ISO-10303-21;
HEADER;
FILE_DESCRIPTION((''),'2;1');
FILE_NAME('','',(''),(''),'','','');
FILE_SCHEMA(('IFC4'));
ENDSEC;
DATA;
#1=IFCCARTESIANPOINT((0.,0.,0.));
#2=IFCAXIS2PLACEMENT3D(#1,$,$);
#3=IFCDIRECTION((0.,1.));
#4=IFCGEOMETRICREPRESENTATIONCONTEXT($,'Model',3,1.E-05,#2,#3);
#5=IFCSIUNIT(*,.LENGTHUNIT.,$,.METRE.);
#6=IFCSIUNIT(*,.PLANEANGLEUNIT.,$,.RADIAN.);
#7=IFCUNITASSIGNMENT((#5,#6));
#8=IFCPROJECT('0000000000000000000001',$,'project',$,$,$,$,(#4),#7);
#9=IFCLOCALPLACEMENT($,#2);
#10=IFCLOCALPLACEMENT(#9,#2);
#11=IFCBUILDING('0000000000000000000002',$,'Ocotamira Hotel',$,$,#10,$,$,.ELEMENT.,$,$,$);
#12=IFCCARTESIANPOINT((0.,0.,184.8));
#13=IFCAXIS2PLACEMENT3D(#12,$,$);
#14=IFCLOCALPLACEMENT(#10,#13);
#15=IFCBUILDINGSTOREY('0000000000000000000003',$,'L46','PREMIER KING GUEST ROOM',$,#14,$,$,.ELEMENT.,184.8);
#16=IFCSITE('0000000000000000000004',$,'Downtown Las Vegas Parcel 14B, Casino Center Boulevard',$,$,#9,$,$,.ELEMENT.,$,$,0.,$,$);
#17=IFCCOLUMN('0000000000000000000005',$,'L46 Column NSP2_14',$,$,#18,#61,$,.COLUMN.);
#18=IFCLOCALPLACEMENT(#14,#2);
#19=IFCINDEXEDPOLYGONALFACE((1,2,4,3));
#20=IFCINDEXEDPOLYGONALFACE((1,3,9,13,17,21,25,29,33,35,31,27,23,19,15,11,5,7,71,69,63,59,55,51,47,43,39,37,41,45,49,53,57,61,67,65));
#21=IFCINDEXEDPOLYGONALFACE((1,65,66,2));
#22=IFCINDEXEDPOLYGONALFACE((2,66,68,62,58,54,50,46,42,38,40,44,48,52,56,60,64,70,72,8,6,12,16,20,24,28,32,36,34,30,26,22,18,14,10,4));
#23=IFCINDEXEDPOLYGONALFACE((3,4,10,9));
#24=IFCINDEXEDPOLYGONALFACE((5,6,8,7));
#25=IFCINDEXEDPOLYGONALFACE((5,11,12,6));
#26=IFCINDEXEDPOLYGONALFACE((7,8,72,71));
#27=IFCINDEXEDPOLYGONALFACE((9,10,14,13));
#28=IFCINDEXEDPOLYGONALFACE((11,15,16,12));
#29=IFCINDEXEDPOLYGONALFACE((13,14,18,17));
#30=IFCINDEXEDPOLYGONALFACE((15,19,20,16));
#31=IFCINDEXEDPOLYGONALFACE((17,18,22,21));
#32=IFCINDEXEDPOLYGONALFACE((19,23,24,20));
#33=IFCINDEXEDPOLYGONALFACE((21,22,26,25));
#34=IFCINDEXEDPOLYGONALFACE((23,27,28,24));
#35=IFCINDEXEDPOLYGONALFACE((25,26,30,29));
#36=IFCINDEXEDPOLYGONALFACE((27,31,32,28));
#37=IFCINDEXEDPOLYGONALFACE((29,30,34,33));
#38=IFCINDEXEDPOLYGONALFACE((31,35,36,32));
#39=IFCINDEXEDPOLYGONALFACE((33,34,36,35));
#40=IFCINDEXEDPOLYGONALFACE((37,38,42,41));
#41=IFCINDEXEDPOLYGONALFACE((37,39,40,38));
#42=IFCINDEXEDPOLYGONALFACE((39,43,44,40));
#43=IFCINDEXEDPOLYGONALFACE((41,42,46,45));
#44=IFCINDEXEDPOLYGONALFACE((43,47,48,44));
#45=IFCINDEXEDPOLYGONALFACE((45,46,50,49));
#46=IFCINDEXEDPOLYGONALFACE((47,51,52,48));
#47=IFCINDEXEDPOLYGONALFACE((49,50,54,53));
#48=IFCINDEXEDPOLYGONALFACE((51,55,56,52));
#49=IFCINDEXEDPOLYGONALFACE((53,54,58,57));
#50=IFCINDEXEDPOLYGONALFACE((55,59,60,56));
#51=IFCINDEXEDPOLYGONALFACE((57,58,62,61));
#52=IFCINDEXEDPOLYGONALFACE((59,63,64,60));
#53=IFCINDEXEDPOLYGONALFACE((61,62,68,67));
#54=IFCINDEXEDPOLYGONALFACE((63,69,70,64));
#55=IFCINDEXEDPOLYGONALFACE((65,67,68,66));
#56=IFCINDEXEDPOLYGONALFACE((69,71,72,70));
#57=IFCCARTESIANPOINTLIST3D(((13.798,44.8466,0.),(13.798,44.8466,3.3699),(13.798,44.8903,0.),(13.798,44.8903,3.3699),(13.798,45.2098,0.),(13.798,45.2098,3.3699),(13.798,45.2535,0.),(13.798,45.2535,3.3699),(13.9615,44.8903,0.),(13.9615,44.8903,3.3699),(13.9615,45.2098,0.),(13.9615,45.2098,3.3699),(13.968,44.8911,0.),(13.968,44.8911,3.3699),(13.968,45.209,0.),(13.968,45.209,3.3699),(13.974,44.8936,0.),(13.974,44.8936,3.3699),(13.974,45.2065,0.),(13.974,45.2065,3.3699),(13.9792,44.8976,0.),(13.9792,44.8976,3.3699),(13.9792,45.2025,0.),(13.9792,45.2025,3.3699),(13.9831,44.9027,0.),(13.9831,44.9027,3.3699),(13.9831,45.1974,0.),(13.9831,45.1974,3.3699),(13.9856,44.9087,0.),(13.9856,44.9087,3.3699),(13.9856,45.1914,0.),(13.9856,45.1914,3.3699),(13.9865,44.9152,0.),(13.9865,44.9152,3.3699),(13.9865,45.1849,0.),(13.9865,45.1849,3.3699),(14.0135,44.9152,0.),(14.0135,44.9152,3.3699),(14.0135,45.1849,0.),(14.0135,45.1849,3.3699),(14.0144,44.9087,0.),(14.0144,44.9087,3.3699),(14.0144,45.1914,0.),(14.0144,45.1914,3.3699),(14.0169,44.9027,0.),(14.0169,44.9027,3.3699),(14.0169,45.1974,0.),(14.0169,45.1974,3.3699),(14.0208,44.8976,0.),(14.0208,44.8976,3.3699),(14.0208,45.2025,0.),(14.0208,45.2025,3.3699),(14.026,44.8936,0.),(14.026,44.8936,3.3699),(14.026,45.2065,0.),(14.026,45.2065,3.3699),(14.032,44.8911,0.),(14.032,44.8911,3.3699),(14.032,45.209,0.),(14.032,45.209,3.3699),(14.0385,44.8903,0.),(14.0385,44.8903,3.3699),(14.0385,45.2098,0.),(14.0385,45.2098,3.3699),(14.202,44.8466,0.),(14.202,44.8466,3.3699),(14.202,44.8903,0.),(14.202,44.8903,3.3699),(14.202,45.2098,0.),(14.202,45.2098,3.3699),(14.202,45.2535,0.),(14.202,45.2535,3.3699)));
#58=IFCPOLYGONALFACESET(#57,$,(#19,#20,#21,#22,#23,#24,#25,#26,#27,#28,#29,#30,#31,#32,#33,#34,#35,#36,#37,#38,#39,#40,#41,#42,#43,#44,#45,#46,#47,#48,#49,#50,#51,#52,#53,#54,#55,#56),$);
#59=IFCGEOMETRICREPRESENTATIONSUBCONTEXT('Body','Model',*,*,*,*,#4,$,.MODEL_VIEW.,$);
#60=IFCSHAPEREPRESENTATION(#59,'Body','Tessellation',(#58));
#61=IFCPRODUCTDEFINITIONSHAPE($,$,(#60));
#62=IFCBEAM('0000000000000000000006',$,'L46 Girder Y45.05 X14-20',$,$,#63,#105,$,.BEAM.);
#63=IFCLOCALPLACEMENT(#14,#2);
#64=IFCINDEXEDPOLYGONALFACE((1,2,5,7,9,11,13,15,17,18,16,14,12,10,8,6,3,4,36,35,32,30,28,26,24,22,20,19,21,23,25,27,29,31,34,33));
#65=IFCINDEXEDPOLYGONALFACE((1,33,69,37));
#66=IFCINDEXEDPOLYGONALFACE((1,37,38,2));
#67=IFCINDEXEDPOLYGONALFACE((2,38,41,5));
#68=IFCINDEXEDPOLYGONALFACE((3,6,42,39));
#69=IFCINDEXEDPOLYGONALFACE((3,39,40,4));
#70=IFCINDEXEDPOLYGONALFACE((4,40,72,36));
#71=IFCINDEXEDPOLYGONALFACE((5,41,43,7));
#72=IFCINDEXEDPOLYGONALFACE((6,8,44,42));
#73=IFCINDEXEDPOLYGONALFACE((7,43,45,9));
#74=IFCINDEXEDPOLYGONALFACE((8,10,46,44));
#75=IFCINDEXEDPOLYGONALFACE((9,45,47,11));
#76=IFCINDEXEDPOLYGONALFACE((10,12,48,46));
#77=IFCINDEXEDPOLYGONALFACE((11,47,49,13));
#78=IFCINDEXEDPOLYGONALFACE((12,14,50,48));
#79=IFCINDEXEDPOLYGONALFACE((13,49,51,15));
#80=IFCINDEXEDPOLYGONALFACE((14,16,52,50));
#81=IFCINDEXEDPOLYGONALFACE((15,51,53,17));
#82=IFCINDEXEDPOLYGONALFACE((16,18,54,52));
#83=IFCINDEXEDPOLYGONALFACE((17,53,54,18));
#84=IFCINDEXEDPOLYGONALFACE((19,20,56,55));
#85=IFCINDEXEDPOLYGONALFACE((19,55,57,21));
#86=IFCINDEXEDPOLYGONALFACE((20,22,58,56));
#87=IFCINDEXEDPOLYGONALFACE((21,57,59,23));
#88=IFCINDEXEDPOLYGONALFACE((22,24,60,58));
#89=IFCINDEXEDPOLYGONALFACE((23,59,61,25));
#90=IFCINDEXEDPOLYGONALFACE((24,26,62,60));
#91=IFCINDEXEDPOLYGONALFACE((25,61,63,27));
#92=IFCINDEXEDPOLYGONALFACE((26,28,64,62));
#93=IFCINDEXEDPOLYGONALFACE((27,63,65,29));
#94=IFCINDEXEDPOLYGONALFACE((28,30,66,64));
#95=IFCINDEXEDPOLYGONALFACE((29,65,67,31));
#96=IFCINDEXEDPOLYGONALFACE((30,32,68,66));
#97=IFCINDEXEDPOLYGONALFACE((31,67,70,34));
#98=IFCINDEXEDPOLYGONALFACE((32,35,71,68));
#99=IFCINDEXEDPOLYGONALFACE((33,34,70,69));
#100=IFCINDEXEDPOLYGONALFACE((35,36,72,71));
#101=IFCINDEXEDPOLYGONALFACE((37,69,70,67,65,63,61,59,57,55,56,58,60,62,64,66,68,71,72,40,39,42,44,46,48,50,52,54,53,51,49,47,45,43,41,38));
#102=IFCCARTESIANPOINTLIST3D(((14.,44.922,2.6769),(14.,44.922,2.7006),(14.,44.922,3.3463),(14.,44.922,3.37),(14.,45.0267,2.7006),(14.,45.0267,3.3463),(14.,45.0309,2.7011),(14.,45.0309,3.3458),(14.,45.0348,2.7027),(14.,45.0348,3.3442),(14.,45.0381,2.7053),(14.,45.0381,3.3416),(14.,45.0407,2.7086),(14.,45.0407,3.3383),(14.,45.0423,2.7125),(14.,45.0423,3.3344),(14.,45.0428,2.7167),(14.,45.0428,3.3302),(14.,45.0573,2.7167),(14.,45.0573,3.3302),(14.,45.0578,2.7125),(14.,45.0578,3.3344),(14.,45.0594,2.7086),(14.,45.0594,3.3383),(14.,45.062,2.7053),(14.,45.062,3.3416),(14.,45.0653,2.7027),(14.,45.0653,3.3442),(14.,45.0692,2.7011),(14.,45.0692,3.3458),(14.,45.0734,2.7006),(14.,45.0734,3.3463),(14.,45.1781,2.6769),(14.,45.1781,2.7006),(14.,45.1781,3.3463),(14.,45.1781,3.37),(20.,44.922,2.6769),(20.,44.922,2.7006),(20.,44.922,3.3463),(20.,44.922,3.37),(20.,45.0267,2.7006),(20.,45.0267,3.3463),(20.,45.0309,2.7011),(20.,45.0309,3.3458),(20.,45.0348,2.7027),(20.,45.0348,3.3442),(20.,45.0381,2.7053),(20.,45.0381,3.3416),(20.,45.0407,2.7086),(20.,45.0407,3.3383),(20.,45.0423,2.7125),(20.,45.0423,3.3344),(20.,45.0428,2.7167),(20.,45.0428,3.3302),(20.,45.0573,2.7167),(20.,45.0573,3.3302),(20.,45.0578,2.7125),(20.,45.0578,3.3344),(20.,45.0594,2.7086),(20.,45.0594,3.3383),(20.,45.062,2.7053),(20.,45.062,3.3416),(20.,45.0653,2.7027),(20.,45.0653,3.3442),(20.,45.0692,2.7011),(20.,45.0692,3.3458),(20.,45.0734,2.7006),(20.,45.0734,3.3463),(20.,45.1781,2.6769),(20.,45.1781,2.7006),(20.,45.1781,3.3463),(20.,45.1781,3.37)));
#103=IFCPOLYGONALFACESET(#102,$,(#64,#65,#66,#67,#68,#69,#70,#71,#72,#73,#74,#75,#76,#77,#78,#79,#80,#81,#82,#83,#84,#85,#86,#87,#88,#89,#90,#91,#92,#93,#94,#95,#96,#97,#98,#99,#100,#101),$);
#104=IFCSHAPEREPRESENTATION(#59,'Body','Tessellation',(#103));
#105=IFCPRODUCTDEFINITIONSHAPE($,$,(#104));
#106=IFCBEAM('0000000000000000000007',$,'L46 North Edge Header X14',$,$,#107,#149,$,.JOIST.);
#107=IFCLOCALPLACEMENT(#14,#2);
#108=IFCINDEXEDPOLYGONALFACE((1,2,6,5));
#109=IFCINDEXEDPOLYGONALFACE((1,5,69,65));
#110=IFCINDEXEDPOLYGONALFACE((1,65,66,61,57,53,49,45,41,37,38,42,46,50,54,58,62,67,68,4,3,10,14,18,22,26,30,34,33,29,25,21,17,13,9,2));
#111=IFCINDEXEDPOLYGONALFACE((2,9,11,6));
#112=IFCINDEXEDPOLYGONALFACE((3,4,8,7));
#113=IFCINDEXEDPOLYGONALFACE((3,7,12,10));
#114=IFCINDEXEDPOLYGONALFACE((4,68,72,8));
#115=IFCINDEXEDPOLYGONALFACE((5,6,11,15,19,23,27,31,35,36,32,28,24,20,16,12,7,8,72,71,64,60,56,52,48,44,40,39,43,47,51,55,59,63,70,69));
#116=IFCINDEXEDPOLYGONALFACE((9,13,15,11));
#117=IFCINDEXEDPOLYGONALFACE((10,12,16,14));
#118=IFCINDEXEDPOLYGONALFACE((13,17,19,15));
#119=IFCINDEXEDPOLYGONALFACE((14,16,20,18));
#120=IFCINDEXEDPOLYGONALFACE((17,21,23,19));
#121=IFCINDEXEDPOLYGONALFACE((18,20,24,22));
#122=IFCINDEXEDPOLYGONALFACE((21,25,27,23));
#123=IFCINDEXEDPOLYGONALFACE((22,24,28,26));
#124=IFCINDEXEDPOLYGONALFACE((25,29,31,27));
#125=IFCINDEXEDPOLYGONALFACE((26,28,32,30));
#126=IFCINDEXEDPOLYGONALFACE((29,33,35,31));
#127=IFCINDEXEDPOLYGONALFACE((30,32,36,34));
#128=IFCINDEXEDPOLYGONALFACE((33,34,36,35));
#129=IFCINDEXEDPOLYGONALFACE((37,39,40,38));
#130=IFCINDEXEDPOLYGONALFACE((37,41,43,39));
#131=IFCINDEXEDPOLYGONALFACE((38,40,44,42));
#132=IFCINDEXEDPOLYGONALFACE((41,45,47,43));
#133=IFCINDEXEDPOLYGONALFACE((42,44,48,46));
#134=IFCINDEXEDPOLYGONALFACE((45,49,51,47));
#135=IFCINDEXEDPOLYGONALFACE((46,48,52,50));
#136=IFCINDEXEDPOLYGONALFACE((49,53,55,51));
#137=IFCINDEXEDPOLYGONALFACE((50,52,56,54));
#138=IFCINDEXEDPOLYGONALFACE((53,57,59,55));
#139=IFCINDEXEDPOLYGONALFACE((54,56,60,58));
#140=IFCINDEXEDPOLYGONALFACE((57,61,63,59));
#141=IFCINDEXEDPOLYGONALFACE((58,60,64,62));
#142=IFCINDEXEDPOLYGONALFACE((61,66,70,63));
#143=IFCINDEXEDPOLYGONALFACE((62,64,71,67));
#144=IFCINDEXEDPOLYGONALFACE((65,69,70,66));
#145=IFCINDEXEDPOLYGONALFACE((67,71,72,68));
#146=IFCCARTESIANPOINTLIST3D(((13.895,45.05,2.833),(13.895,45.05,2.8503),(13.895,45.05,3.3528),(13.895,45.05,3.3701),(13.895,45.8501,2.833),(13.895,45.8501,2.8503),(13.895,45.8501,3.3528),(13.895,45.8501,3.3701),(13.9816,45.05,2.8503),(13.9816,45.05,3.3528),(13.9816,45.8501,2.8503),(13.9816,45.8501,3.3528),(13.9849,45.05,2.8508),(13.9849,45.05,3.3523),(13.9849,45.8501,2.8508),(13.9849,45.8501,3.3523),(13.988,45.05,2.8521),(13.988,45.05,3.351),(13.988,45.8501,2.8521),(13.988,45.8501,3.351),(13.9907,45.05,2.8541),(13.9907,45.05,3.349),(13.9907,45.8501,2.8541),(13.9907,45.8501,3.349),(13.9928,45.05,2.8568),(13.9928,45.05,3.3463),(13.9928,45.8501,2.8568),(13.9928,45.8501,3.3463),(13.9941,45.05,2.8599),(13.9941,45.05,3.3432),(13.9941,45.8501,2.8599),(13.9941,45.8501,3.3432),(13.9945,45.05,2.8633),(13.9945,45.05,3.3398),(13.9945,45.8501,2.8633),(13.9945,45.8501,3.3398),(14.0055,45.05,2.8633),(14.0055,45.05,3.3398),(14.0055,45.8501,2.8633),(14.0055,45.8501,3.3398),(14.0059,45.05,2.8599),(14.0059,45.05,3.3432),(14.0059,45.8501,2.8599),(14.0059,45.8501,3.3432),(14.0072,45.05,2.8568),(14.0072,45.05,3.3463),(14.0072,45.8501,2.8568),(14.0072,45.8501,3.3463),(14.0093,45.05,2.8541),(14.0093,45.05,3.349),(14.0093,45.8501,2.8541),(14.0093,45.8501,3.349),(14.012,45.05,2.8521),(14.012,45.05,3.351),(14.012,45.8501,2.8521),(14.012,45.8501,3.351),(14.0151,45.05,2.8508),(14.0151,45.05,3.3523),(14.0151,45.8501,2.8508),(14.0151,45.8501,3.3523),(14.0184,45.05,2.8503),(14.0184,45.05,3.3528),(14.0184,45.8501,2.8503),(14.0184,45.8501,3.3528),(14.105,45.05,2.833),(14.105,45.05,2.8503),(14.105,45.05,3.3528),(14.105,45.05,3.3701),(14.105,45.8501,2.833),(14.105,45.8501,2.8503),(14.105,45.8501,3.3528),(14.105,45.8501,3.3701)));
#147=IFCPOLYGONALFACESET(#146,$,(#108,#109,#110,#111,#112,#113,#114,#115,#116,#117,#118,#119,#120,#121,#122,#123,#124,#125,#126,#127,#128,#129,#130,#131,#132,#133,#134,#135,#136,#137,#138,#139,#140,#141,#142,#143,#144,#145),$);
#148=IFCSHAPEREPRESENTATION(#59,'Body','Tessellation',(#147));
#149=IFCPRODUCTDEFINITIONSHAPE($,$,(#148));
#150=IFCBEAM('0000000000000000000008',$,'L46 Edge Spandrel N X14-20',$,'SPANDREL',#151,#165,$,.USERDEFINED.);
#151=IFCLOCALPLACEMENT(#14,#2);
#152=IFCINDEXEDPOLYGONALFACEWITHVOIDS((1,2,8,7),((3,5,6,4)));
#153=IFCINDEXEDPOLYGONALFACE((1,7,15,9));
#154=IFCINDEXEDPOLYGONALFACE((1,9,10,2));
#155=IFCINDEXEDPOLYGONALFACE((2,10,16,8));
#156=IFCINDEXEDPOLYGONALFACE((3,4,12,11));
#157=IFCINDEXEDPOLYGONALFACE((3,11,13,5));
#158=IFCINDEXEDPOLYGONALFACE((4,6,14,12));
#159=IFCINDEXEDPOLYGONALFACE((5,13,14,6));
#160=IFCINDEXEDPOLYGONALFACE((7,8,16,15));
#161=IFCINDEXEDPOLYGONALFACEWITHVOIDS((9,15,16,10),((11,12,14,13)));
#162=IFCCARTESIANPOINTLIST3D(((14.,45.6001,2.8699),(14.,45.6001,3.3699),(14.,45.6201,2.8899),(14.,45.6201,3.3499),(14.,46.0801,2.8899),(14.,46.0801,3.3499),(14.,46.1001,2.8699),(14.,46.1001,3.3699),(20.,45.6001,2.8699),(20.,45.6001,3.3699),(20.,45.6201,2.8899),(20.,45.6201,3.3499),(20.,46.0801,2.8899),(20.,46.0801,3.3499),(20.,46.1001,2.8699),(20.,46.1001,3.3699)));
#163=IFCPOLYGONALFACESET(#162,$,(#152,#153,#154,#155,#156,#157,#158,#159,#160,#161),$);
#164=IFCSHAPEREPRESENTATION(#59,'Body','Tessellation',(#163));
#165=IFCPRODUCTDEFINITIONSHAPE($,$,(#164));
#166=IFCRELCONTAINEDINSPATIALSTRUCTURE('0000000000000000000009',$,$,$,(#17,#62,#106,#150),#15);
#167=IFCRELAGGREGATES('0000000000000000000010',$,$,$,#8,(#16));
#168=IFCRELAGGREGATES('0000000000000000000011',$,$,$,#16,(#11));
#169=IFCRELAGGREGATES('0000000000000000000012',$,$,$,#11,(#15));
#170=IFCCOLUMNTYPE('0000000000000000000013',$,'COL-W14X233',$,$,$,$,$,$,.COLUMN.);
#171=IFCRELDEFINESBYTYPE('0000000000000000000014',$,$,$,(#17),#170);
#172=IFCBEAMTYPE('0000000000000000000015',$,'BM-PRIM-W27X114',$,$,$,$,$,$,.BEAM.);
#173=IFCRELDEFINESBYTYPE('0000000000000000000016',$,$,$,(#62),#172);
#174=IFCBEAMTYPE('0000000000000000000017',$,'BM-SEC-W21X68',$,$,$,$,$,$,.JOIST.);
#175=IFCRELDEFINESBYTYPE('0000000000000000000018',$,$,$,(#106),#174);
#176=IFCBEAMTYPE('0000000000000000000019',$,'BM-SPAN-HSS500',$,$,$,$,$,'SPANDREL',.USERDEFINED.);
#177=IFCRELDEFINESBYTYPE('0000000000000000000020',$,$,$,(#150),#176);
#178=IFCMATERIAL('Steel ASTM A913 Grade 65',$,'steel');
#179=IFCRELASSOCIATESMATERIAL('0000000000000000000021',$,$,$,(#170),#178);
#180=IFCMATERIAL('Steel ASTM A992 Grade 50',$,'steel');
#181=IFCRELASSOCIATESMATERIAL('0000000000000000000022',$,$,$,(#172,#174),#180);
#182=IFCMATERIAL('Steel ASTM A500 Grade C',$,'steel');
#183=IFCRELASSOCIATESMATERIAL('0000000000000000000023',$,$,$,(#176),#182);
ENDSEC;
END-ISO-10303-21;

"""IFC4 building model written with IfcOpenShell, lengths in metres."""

from ifc_helpers import new_model, si_unit, direction, frame, origin, origin_2d, place, context, subcontext, project, spatial, hollow_rectangle, i_section, extrude, source, transform, mapped, material, material_profile, profile_set, type_object, element, save


model = new_model("IFC4")

# Units and contexts
model_context = context("Model", 3, precision=1e-05, world=origin(), true_north=direction((0.0, 1.0)))
body_context = subcontext(model_context, "Body", "Model", "MODEL_VIEW")
ifc_project = project(units=[si_unit("LENGTHUNIT", "METRE"), si_unit("PLANEANGLEUNIT", "RADIAN")], contexts=[model_context])

# Site, building, storey
site_placement = place(None, origin())
site = spatial("IfcSite", under=ifc_project, at=site_placement, Name="Downtown Las Vegas Parcel 14B, Casino Center Boulevard", CompositionType="ELEMENT", RefElevation=0.0)
building_placement = place(site_placement, origin())
building = spatial("IfcBuilding", under=site, at=building_placement, Name="Ocotamira Hotel", CompositionType="ELEMENT")
storey_placement = place(building_placement, frame((0.0, 0.0, 184.8)))
storey = spatial("IfcBuildingStorey", under=building, at=storey_placement, Name="L46", Description="PREMIER KING GUEST ROOM", CompositionType="ELEMENT", Elevation=184.8)

# Column
ifc_material_1 = material(Name="Steel ASTM A913 Grade 65", Category="steel")
ifc_material_profile_1 = material_profile(ifc_material_1, i_section(OverallWidth=0.4041, OverallDepth=0.407, WebThickness=0.0271, FlangeThickness=0.0437, FilletRadius=0.0249, at=origin_2d()), Name="W14X233")
ifc_profile_set_1 = profile_set([ifc_material_profile_1], Name="Steel ASTM A913 Grade 65")
column_type = type_object("IfcColumnType", Name="COL-W14X233", PredefinedType="COLUMN", material=ifc_profile_set_1)
shared_shape_1 = source(origin(), body_context, "Body", "SweptSolid", [
    extrude(i_section(OverallWidth=0.4041, OverallDepth=0.407, WebThickness=0.0271, FlangeThickness=0.0437, FilletRadius=0.0249, at=origin_2d()), origin(), (0.0, 0.0, 1.0), 3.3699),
])
column_placement = place(storey_placement, frame((14.0, 45.05, 0.0), z_axis=(0.0, 0.0, 1.0), x_axis=(1.0, 0.0, 0.0)))
element("IfcColumn", 1, at=column_placement, inside=storey, type_object=column_type, Name="L46 Column NSP2_14", PredefinedType="COLUMN", context=body_context, shape_type="MappedRepresentation", body=[
    mapped(shared_shape_1, transform((0.0, 0.0, 0.0), scale=1.0)),
])

# Beams
ifc_material_2 = material(Name="Steel ASTM A992 Grade 50", Category="steel")
ifc_material_profile_2 = material_profile(ifc_material_2, i_section(OverallWidth=0.2561, OverallDepth=0.6931, WebThickness=0.0144, FlangeThickness=0.0237, FilletRadius=0.0161, at=origin_2d()), Name="W27X114")
ifc_profile_set_2 = profile_set([ifc_material_profile_2], Name="Steel ASTM A992 Grade 50")
beam_type_1 = type_object("IfcBeamType", Name="BM-PRIM-W27X114", PredefinedType="BEAM", material=ifc_profile_set_2)
shared_shape_2 = source(origin(), body_context, "Body", "SweptSolid", [
    extrude(i_section(OverallWidth=0.2561, OverallDepth=0.6931, WebThickness=0.0144, FlangeThickness=0.0237, FilletRadius=0.0161, at=origin_2d()), origin(), (0.0, 0.0, 1.0), 6.0),
])
beam_1_placement = place(storey_placement, frame((14.0, 45.05, 3.0234), z_axis=(1.0, 0.0, 0.0), x_axis=(0.0, 1.0, 0.0)))
element("IfcBeam", 2, at=beam_1_placement, inside=storey, type_object=beam_type_1, Name="L46 Girder Y45.05 X14-20", PredefinedType="BEAM", context=body_context, shape_type="MappedRepresentation", body=[
    mapped(shared_shape_2, transform((0.0, 0.0, 0.0), scale=1.0)),
])
ifc_material_profile_3 = material_profile(ifc_material_2, i_section(OverallWidth=0.21, OverallDepth=0.5371, WebThickness=0.011, FlangeThickness=0.0173, FilletRadius=0.0129, at=origin_2d()), Name="W21X68")
ifc_profile_set_3 = profile_set([ifc_material_profile_3], Name="Steel ASTM A992 Grade 50")
beam_type_2 = type_object("IfcBeamType", Name="BM-SEC-W21X68", PredefinedType="JOIST", material=ifc_profile_set_3)
shared_shape_3 = source(origin(), body_context, "Body", "SweptSolid", [
    extrude(i_section(OverallWidth=0.21, OverallDepth=0.5371, WebThickness=0.011, FlangeThickness=0.0173, FilletRadius=0.0129, at=origin_2d()), origin(), (0.0, 0.0, 1.0), 0.8),
])
beam_2_placement = place(storey_placement, frame((14.0, 45.05, 3.1016), z_axis=(0.0, 1.0, 0.0), x_axis=(-1.0, 0.0, 0.0)))
element("IfcBeam", 3, at=beam_2_placement, inside=storey, type_object=beam_type_2, Name="L46 North Edge Header X14", PredefinedType="JOIST", context=body_context, shape_type="MappedRepresentation", body=[
    mapped(shared_shape_3, transform((0.0, 0.0, 0.0), scale=1.0)),
])
ifc_material_3 = material(Name="Steel ASTM A500 Grade C", Category="steel")
ifc_material_profile_4 = material_profile(ifc_material_3, hollow_rectangle(XDim=0.5, YDim=0.5, WallThickness=0.02, at=origin_2d()), Name="HSS500X500X20")
ifc_profile_set_4 = profile_set([ifc_material_profile_4], Name="Steel ASTM A500 Grade C")
beam_type_3 = type_object("IfcBeamType", Name="BM-SPAN-HSS500", ElementType="SPANDREL", PredefinedType="USERDEFINED", material=ifc_profile_set_4)
shared_shape_4 = source(origin(), body_context, "Body", "SweptSolid", [
    extrude(hollow_rectangle(XDim=0.5, YDim=0.5, WallThickness=0.02, at=origin_2d()), origin(), (0.0, 0.0, 1.0), 6.0),
])
beam_3_placement = place(storey_placement, frame((14.0, 45.8501, 3.1199), z_axis=(1.0, 0.0, 0.0), x_axis=(0.0, 1.0, 0.0)))
element("IfcBeam", 4, at=beam_3_placement, inside=storey, type_object=beam_type_3, Name="L46 Edge Spandrel N X14-20", ObjectType="SPANDREL", PredefinedType="USERDEFINED", context=body_context, shape_type="MappedRepresentation", body=[
    mapped(shared_shape_4, transform((0.0, 0.0, 0.0), scale=1.0)),
])

save(model, "model.ifc")
